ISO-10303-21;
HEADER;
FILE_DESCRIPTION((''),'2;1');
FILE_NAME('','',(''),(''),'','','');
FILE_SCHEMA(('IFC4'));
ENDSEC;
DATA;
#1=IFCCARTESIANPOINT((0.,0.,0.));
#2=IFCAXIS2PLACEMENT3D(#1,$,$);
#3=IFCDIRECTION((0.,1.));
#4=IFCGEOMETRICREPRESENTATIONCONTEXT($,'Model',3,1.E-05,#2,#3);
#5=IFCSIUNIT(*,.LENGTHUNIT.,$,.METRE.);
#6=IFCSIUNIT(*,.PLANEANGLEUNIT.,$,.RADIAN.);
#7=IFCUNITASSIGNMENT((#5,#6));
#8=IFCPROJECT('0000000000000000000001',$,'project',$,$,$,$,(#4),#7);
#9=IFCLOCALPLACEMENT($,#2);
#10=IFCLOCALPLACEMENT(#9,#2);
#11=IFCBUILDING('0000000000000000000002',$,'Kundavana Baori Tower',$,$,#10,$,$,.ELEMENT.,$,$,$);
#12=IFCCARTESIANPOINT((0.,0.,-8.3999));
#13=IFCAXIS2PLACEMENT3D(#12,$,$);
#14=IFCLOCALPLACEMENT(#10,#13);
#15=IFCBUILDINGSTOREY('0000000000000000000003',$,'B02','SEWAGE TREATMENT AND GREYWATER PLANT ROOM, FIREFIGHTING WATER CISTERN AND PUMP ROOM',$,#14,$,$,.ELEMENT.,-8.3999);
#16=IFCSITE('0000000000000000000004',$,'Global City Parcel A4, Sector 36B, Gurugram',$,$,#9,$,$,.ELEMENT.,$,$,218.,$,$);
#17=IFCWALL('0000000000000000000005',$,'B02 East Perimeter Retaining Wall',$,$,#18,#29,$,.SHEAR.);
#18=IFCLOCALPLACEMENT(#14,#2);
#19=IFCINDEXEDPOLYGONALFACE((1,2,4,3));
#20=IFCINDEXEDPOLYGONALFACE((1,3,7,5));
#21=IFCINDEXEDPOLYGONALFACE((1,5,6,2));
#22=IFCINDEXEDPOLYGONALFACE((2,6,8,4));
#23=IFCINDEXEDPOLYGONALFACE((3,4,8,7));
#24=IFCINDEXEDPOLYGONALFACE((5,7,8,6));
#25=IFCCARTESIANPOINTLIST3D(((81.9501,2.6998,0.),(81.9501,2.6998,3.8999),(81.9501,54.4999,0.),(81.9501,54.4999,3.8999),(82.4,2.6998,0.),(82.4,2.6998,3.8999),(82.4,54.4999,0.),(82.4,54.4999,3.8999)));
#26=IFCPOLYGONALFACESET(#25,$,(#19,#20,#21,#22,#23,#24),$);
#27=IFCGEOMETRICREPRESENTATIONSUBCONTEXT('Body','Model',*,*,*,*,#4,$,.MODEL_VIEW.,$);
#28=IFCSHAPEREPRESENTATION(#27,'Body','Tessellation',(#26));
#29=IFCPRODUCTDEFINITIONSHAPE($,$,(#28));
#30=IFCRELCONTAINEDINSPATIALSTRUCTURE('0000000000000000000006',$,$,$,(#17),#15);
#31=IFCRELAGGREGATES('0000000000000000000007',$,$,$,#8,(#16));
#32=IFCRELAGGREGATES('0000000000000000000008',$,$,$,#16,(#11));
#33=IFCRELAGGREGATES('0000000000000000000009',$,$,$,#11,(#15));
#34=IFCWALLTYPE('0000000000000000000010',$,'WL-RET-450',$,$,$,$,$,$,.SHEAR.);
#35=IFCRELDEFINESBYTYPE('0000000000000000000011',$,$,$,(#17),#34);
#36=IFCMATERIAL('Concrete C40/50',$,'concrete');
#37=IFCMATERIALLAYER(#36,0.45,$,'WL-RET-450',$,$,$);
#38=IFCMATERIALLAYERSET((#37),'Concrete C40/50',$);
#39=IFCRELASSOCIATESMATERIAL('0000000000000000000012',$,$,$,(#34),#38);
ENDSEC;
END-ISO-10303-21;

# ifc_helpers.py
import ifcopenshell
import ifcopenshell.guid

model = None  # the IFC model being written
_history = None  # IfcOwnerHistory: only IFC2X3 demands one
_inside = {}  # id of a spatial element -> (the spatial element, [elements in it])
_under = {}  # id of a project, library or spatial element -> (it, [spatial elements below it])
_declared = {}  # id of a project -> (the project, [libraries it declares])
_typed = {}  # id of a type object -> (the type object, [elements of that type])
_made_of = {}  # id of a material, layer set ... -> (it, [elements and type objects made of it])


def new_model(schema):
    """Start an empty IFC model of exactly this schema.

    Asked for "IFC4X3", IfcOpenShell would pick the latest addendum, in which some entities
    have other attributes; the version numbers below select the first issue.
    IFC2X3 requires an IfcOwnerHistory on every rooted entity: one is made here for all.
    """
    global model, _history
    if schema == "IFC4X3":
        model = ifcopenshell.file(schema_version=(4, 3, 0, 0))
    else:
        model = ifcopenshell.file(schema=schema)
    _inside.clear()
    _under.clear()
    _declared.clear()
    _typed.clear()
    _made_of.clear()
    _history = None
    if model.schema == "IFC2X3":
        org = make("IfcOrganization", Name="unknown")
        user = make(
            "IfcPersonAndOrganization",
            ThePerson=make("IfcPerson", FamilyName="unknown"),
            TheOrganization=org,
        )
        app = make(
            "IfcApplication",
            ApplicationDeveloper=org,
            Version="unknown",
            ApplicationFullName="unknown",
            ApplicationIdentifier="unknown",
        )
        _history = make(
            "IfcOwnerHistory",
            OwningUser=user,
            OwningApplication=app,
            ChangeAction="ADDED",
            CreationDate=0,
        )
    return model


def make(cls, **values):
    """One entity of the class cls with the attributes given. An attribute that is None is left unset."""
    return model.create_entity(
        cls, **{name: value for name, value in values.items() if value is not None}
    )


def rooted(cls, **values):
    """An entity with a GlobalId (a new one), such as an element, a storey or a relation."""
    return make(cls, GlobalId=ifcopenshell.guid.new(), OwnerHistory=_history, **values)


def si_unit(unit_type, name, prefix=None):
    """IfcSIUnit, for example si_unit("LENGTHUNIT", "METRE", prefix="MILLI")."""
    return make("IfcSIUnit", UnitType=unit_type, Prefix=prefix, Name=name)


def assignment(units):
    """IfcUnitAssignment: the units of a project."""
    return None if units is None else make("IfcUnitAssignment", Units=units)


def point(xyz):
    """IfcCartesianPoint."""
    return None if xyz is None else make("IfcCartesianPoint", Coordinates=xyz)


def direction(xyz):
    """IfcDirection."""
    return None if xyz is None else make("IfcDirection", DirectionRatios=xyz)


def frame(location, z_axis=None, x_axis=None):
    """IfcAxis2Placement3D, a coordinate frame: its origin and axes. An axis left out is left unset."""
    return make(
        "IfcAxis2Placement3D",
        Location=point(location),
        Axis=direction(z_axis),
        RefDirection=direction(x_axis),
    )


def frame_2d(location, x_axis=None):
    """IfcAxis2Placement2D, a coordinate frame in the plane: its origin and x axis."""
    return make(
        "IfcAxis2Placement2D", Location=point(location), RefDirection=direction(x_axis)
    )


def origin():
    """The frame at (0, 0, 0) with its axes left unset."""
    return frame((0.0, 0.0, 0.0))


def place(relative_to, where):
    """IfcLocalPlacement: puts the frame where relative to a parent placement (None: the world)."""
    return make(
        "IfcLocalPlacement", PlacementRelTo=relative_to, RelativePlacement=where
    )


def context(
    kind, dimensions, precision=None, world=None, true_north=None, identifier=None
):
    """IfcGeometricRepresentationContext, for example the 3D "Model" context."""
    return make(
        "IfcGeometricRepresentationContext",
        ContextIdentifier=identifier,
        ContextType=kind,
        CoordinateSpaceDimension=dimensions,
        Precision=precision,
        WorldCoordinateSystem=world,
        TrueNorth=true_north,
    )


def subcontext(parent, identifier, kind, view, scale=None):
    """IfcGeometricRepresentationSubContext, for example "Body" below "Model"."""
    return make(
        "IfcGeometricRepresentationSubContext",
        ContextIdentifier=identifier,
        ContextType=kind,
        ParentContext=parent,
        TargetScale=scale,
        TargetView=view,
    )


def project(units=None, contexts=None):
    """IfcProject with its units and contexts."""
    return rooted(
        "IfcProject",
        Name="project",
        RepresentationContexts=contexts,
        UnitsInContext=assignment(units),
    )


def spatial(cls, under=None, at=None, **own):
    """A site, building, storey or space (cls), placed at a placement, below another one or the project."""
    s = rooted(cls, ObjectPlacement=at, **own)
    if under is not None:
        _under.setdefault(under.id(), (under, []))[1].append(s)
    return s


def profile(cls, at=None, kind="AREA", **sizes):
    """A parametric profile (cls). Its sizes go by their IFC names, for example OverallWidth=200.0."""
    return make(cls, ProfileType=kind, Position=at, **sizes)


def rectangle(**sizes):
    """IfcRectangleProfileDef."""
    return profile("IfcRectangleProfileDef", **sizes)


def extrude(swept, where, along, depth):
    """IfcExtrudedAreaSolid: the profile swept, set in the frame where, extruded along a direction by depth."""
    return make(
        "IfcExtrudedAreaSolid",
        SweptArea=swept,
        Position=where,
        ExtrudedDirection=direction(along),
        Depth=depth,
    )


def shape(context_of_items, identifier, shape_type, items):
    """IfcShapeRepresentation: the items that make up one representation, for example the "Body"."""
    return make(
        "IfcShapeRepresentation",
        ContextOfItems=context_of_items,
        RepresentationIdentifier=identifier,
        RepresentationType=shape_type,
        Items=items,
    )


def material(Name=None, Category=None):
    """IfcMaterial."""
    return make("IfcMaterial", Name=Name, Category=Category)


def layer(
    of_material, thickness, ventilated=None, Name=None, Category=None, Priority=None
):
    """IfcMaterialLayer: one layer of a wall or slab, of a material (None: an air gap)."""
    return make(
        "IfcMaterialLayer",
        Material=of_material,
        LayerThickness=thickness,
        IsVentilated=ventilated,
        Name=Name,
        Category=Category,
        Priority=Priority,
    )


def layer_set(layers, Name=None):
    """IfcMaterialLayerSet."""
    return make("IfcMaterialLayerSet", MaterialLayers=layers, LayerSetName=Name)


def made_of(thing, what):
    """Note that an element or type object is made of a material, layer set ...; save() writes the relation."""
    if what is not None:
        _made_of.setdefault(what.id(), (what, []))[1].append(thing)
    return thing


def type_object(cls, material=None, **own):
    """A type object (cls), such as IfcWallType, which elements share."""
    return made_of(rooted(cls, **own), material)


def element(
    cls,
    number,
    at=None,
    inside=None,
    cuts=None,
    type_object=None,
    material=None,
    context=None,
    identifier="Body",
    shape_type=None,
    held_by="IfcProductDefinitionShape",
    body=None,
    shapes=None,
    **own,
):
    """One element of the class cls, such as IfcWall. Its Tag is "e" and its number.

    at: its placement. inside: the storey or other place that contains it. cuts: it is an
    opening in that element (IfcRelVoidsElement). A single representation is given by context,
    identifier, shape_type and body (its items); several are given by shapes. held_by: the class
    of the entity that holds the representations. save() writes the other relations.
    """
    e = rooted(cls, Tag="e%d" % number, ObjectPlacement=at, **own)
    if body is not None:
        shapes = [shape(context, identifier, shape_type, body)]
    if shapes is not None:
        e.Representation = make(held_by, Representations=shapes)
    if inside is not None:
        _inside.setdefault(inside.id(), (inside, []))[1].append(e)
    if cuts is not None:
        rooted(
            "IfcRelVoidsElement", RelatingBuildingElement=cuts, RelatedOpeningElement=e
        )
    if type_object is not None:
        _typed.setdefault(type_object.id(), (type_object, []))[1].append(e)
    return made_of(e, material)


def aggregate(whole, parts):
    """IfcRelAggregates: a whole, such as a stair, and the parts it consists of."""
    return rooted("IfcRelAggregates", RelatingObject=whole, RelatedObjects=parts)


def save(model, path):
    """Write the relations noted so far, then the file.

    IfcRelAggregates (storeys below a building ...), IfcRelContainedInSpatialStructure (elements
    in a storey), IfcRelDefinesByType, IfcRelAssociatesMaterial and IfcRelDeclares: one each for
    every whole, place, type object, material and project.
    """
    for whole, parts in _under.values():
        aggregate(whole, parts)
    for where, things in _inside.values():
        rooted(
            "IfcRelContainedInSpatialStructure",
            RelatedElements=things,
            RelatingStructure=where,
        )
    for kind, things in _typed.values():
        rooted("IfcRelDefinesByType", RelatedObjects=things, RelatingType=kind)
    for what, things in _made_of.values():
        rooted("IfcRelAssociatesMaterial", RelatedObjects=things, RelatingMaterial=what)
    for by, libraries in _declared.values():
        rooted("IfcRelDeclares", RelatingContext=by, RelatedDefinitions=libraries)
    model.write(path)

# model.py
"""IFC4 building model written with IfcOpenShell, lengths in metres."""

from ifc_helpers import new_model, si_unit, direction, frame, frame_2d, origin, place, context, subcontext, project, spatial, rectangle, extrude, material, layer, layer_set, type_object, element, save


model = new_model("IFC4")

# Units and contexts
model_context = context("Model", 3, precision=1e-05, world=origin(), true_north=direction((0.0, 1.0)))
body_context = subcontext(model_context, "Body", "Model", "MODEL_VIEW")
ifc_project = project(units=[si_unit("LENGTHUNIT", "METRE"), si_unit("PLANEANGLEUNIT", "RADIAN")], contexts=[model_context])

# Site, building, storey
site_placement = place(None, origin())
site = spatial("IfcSite", under=ifc_project, at=site_placement, Name="Global City Parcel A4, Sector 36B, Gurugram", CompositionType="ELEMENT", RefElevation=218.0)
building_placement = place(site_placement, origin())
building = spatial("IfcBuilding", under=site, at=building_placement, Name="Kundavana Baori Tower", CompositionType="ELEMENT")
storey_placement = place(building_placement, frame((0.0, 0.0, -8.3999)))
storey = spatial("IfcBuildingStorey", under=building, at=storey_placement, Name="B02", Description="SEWAGE TREATMENT AND GREYWATER PLANT ROOM, FIREFIGHTING WATER CISTERN AND PUMP ROOM", CompositionType="ELEMENT", Elevation=-8.3999)

# Wall
ifc_material_1 = material(Name="Concrete C40/50", Category="concrete")
ifc_layer = layer(ifc_material_1, 0.45, Name="WL-RET-450")
ifc_layer_set = layer_set([ifc_layer], Name="Concrete C40/50")
wall_type = type_object("IfcWallType", Name="WL-RET-450", PredefinedType="SHEAR", material=ifc_layer_set)
wall_placement = place(storey_placement, frame((82.175, 2.7, 0.0), z_axis=(0.0, 0.0, 1.0), x_axis=(0.0, 1.0, 0.0)))
element("IfcWall", 1, at=wall_placement, inside=storey, type_object=wall_type, Name="B02 East Perimeter Retaining Wall", PredefinedType="SHEAR", context=body_context, shape_type="SweptSolid", body=[
    extrude(rectangle(XDim=51.8, YDim=0.45, at=frame_2d((25.8999, 0.0))), origin(), (0.0, 0.0, 1.0), 3.8999),
])

save(model, "model.ifc")
